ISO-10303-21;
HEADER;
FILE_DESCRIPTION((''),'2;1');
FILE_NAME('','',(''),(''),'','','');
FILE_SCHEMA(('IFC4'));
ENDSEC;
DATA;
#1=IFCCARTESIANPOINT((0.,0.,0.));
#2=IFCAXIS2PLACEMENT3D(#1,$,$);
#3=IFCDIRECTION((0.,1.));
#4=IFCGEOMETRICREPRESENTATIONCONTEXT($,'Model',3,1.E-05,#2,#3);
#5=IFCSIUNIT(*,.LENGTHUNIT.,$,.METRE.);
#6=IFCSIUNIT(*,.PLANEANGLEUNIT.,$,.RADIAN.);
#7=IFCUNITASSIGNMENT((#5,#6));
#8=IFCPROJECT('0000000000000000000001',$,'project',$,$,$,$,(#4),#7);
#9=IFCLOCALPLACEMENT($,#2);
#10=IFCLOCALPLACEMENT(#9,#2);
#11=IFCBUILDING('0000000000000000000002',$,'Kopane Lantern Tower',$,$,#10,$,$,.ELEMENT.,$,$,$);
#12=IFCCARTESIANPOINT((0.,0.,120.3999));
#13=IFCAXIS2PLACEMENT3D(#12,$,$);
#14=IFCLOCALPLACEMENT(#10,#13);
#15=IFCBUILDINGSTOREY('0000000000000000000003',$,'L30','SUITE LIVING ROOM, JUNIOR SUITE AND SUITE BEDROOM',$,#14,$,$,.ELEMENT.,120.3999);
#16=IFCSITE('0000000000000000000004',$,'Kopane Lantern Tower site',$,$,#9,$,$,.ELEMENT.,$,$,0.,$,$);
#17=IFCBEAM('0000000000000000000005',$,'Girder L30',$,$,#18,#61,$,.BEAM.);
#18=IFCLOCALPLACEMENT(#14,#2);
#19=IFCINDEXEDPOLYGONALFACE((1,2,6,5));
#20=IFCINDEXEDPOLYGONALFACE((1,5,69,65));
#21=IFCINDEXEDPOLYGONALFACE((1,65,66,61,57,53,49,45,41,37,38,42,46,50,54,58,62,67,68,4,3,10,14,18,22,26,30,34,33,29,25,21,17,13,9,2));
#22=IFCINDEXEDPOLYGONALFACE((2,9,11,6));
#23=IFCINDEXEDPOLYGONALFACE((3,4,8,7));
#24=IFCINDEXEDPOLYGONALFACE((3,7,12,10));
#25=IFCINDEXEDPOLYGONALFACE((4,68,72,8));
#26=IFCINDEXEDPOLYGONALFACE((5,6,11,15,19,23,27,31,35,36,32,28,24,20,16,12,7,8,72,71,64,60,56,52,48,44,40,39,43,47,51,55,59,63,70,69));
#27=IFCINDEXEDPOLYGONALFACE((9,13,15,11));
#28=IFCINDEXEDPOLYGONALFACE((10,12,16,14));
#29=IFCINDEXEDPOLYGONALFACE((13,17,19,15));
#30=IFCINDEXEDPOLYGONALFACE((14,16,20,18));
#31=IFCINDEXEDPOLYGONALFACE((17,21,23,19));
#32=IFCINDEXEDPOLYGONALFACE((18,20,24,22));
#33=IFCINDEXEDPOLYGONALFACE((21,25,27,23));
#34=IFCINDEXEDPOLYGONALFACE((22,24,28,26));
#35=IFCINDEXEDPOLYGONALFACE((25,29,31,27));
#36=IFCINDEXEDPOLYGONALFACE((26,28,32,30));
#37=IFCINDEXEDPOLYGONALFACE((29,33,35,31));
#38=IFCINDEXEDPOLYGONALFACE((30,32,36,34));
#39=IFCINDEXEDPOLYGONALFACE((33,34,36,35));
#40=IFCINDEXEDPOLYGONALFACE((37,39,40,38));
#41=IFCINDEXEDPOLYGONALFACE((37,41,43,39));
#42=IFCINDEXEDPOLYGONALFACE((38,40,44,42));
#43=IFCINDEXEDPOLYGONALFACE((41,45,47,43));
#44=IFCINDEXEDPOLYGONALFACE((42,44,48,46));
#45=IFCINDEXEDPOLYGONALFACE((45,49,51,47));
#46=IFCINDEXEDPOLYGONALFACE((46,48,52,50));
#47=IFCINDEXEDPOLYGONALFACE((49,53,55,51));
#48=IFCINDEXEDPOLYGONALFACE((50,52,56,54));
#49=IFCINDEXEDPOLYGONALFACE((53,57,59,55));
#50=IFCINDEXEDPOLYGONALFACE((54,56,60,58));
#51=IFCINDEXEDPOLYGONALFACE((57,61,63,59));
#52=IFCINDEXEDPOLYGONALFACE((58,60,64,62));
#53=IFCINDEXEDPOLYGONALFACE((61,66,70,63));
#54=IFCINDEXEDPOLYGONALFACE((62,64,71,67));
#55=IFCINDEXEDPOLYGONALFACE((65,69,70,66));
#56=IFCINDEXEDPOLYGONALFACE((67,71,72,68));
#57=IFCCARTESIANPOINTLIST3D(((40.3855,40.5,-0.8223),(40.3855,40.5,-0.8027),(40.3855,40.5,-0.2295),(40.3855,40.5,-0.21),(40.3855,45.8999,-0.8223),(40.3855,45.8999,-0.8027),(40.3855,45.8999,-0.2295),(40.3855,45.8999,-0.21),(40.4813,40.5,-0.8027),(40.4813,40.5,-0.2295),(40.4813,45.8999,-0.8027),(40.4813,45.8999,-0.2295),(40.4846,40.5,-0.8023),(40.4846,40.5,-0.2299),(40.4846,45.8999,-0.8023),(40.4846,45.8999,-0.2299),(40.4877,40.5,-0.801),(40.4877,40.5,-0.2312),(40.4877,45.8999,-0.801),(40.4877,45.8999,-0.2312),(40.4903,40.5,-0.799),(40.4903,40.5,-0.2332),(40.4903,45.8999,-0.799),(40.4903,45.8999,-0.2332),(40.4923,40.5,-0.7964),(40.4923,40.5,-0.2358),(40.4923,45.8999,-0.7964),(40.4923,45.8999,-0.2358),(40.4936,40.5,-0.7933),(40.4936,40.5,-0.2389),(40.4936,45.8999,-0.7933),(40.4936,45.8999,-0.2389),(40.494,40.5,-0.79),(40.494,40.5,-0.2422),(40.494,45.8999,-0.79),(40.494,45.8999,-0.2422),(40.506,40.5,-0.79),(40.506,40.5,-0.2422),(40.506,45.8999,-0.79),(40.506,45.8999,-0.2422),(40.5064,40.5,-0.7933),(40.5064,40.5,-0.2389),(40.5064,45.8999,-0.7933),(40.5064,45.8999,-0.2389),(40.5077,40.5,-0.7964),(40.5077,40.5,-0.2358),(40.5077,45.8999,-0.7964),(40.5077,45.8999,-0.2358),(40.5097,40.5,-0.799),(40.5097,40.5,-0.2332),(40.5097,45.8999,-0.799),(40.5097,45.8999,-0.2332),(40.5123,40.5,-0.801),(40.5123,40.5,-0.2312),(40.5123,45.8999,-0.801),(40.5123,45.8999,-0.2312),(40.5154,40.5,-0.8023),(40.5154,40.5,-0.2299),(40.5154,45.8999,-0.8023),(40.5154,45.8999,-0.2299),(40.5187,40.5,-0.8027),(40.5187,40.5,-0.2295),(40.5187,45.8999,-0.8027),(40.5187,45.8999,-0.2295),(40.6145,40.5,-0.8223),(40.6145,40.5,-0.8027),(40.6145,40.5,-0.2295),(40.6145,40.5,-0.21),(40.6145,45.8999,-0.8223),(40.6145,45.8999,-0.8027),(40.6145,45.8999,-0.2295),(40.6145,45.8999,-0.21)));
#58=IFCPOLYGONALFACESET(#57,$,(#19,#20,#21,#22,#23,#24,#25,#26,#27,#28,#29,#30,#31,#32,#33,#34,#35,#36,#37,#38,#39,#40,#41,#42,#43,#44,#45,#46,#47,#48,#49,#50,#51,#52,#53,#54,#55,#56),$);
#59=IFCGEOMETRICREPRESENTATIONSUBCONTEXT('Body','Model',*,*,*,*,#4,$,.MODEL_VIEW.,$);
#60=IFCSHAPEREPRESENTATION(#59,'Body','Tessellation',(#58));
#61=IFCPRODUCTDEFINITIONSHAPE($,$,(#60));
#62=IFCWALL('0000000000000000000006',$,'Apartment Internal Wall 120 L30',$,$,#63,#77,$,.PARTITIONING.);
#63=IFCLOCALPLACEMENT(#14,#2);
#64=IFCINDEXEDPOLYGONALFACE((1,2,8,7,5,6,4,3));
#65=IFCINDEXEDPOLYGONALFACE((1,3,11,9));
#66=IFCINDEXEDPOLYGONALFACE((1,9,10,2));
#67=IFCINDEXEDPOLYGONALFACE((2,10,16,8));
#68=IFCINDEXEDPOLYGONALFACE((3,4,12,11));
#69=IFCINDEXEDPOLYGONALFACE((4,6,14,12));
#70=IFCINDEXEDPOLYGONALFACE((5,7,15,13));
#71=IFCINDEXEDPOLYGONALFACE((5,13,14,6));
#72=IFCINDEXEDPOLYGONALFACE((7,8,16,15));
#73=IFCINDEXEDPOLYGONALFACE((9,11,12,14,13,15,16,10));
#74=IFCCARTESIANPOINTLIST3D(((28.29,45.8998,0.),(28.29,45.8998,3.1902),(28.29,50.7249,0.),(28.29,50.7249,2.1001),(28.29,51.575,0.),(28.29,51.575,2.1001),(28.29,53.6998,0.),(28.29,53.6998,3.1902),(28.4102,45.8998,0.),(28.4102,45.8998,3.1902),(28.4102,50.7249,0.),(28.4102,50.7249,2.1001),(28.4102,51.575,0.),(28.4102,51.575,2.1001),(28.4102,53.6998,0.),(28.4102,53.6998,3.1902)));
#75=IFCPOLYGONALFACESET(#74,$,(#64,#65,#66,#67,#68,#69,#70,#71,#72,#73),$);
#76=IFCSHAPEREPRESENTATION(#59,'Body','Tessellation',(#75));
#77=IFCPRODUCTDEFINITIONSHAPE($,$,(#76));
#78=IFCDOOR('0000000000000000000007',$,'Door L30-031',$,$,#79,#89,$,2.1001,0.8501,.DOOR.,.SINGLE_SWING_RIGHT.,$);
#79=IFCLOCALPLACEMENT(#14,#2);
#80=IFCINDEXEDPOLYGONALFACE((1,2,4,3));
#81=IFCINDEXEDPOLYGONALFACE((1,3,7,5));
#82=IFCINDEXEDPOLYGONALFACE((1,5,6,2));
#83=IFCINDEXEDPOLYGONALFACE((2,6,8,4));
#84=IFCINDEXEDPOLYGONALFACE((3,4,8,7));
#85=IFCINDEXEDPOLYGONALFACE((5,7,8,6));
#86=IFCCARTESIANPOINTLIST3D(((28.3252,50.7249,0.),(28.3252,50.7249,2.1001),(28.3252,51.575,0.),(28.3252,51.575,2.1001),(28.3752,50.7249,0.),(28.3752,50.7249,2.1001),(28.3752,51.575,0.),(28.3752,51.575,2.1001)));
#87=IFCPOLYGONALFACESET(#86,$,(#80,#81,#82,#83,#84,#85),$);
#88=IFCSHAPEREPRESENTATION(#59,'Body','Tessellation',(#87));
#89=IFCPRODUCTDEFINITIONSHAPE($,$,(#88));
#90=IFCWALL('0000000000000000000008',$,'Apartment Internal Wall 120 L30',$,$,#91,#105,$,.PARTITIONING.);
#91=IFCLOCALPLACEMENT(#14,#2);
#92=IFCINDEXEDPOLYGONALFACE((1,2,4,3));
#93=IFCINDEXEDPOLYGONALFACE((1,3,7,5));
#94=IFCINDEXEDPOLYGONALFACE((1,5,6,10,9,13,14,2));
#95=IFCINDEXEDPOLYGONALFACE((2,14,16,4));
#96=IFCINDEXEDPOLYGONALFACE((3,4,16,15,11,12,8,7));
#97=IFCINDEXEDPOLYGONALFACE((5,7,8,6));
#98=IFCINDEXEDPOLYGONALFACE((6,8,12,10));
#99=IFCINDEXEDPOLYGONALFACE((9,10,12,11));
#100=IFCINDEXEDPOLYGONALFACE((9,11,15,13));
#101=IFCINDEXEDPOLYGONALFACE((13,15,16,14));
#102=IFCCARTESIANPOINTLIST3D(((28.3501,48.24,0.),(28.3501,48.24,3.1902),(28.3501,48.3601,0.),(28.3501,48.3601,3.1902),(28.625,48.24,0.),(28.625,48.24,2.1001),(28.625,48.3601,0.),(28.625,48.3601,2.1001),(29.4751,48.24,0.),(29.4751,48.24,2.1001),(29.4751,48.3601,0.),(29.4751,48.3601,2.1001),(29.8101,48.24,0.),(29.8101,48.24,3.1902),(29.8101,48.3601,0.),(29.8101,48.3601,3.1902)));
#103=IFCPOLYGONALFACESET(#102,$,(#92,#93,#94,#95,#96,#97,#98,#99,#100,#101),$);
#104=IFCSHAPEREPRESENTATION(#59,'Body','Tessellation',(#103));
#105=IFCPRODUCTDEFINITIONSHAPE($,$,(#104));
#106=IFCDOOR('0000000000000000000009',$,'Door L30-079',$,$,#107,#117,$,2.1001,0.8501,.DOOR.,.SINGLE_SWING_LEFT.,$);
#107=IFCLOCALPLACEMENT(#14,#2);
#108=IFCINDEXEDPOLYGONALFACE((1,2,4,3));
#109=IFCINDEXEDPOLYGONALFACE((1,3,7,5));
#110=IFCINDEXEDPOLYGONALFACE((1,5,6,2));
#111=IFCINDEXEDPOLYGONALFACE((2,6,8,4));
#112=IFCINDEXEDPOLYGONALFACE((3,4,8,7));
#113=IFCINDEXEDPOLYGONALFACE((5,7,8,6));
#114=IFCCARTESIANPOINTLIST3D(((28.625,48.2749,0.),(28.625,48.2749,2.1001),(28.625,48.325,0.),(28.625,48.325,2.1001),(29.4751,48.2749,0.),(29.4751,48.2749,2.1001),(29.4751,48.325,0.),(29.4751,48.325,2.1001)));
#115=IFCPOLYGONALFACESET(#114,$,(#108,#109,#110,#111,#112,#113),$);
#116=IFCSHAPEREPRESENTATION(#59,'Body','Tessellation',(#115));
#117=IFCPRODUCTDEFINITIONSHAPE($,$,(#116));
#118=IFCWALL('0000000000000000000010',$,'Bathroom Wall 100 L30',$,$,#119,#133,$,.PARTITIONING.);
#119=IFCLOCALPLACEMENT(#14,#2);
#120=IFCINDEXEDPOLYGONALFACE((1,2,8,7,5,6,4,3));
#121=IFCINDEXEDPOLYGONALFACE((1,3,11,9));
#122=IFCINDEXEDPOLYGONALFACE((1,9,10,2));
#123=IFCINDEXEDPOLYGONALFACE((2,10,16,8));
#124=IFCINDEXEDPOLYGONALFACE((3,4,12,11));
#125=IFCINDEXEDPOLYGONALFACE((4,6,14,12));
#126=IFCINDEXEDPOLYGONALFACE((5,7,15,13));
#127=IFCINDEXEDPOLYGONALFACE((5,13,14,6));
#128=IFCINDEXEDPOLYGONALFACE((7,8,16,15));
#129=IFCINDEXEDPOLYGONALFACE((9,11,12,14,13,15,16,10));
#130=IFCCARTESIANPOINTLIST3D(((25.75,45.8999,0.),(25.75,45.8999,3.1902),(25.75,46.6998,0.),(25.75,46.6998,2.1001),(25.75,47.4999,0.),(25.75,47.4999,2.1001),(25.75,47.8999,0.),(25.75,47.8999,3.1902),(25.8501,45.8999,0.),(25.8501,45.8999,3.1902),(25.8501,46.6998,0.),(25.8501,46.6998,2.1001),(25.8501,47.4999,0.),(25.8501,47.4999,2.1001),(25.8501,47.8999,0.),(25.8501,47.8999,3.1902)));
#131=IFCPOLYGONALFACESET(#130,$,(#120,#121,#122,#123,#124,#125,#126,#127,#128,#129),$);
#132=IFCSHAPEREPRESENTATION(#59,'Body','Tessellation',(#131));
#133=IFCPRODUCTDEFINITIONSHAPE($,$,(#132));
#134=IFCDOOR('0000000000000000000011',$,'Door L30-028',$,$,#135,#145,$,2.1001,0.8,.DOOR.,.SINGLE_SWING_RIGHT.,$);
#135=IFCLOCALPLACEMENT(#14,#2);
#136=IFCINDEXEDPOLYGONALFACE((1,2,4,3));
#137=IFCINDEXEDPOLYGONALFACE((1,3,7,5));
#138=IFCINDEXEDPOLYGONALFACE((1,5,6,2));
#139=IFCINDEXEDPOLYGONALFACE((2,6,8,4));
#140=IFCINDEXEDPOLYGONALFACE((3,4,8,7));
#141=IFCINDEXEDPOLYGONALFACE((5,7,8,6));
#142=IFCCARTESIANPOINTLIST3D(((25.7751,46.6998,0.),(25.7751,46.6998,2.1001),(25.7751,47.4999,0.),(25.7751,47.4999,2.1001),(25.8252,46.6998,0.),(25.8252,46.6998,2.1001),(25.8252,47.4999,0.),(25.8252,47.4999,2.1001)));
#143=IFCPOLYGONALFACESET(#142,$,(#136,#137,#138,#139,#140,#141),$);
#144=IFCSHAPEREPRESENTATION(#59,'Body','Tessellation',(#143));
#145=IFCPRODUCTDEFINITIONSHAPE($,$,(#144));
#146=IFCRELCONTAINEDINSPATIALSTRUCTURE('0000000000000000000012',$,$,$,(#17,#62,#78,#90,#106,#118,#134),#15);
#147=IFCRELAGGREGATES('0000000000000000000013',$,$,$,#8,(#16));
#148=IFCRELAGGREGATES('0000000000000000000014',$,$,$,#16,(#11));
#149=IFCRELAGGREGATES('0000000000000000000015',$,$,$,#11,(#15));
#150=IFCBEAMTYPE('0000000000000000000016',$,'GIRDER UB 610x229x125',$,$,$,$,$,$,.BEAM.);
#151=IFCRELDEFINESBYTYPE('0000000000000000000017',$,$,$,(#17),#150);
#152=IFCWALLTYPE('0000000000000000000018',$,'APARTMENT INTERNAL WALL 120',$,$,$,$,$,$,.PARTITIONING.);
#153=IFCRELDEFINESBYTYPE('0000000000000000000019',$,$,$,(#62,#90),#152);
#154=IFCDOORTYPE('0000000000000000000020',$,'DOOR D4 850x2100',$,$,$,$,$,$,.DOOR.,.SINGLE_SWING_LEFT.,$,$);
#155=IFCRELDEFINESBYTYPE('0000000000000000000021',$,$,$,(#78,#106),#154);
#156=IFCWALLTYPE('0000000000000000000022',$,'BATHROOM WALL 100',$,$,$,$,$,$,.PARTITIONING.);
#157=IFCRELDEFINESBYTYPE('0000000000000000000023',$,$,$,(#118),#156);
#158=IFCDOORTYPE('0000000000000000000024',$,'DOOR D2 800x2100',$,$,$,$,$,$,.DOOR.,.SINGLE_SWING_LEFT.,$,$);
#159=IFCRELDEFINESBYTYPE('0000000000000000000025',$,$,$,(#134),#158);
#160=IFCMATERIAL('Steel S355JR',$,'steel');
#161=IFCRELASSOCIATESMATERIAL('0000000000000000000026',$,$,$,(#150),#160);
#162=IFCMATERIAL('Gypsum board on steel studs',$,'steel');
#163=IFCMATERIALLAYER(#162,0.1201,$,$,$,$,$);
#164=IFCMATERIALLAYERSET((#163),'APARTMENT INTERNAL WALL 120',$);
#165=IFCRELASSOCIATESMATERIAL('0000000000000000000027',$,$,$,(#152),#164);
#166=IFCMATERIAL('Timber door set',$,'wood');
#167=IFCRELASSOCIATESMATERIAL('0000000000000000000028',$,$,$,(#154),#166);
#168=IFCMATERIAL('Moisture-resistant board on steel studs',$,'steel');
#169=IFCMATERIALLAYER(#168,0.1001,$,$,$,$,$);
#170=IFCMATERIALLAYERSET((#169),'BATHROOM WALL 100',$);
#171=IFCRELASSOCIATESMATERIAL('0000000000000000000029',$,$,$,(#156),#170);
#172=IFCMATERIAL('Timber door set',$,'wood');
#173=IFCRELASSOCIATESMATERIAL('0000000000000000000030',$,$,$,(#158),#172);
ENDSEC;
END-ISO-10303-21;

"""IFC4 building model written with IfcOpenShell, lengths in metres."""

from ifc_helpers import new_model, si_unit, direction, frame, frame_2d, origin, origin_2d, place, context, subcontext, project, spatial, rectangle, i_section, extrude, material, layer, layer_set, material_profile, profile_set, type_object, element, fill, save


model = new_model("IFC4")

# Units and contexts
model_context = context("Model", 3, precision=1e-05, world=origin(), true_north=direction((0.0, 1.0)))
body_context = subcontext(model_context, "Body", "Model", "MODEL_VIEW")
ifc_project = project(units=[si_unit("LENGTHUNIT", "METRE"), si_unit("PLANEANGLEUNIT", "RADIAN")], contexts=[model_context])

# Site, building, storey
site_placement = place(None, origin())
site = spatial("IfcSite", under=ifc_project, at=site_placement, Name="Kopane Lantern Tower site", CompositionType="ELEMENT", RefElevation=0.0)
building_placement = place(site_placement, origin())
building = spatial("IfcBuilding", under=site, at=building_placement, Name="Kopane Lantern Tower", CompositionType="ELEMENT")
storey_placement = place(building_placement, frame((0.0, 0.0, 120.3999)))
storey = spatial("IfcBuildingStorey", under=building, at=storey_placement, Name="L30", Description="SUITE LIVING ROOM, JUNIOR SUITE AND SUITE BEDROOM", CompositionType="ELEMENT", Elevation=120.3999)

# Beam
ifc_material_1 = material(Name="Steel S355JR", Category="steel")
ifc_material_profile_1 = material_profile(ifc_material_1, i_section(OverallWidth=0.229, OverallDepth=0.6123, WebThickness=0.012, FlangeThickness=0.0195, FilletRadius=0.0127, at=origin_2d()), Name="UB 610x229x125")
ifc_profile_set_1 = profile_set([ifc_material_profile_1], Name="Steel S355JR")
beam_type = type_object("IfcBeamType", Name="GIRDER UB 610x229x125", PredefinedType="BEAM", material=ifc_profile_set_1)
beam_1_placement = place(storey_placement, frame((40.5, 40.5, -0.5161), z_axis=(0.0, 1.0, 0.0), x_axis=(-1.0, 0.0, 0.0)))
element("IfcBeam", 1, at=beam_1_placement, inside=storey, type_object=beam_type, Name="Girder L30", PredefinedType="BEAM", context=body_context, shape_type="SweptSolid", body=[
    extrude(i_section(OverallWidth=0.229, OverallDepth=0.6123, WebThickness=0.012, FlangeThickness=0.0195, FilletRadius=0.0127, at=origin_2d()), origin(), (0.0, 0.0, 1.0), 5.3999),
])

# Walls, openings, doors
ifc_material_2 = material(Name="Gypsum board on steel studs", Category="steel")
ifc_layer_1 = layer(ifc_material_2, 0.1201)
ifc_layer_set_1 = layer_set([ifc_layer_1], Name="APARTMENT INTERNAL WALL 120")
wall_type_1 = type_object("IfcWallType", Name="APARTMENT INTERNAL WALL 120", PredefinedType="PARTITIONING", material=ifc_layer_set_1)
wall_1_placement = place(storey_placement, frame((28.3501, 45.8999, 0.0), z_axis=(0.0, 0.0, 1.0), x_axis=(0.0, 1.0, 0.0)))
wall_1 = element("IfcWall", 2, at=wall_1_placement, inside=storey, type_object=wall_type_1, Name="Apartment Internal Wall 120 L30", PredefinedType="PARTITIONING", context=body_context, shape_type="SweptSolid", body=[
    extrude(rectangle(XDim=7.8, YDim=0.1201, at=frame_2d((3.8999, 0.0))), origin(), (0.0, 0.0, 1.0), 3.1902),
])
opening_1_placement = place(wall_1_placement, frame((4.825, 0.0, 0.0)))
opening_1 = element("IfcOpeningElement", 3, at=opening_1_placement, cuts=wall_1, PredefinedType="OPENING", context=body_context, shape_type="SweptSolid", body=[
    extrude(rectangle(XDim=0.8501, YDim=2.1001, at=frame_2d((0.425, 1.05))), frame((0.0, 0.0701, 0.0), z_axis=(0.0, -1.0, 0.0), x_axis=(1.0, 0.0, 0.0)), (0.0, 0.0, 1.0), 0.1401),
])
ifc_material_3 = material(Name="Timber door set", Category="wood")
door_type_1 = type_object("IfcDoorType", Name="DOOR D4 850x2100", OperationType="SINGLE_SWING_LEFT", PredefinedType="DOOR", material=ifc_material_3)
door_1_placement = place(opening_1_placement, origin())
door_1 = element("IfcDoor", 4, at=door_1_placement, inside=storey, type_object=door_type_1, Name="Door L30-031", OperationType="SINGLE_SWING_RIGHT", OverallHeight=2.1001, OverallWidth=0.8501, PredefinedType="DOOR", context=body_context, shape_type="SweptSolid", body=[
    extrude(rectangle(XDim=0.8501, YDim=2.1001, at=frame_2d((0.425, 1.05))), frame((0.0, 0.0249, 0.0), z_axis=(0.0, -1.0, 0.0), x_axis=(1.0, 0.0, 0.0)), (0.0, 0.0, 1.0), 0.05),
])
fill(opening_1, door_1)
wall_2_placement = place(storey_placement, frame((28.3501, 48.3, 0.0), z_axis=(0.0, 0.0, 1.0), x_axis=(1.0, 0.0, 0.0)))
wall_2 = element("IfcWall", 5, at=wall_2_placement, inside=storey, type_object=wall_type_1, Name="Apartment Internal Wall 120 L30", PredefinedType="PARTITIONING", context=body_context, shape_type="SweptSolid", body=[
    extrude(rectangle(XDim=1.46, YDim=0.1201, at=frame_2d((0.73, 0.0))), origin(), (0.0, 0.0, 1.0), 3.1902),
])
opening_2_placement = place(wall_2_placement, frame((0.2749, 0.0, 0.0)))
opening_2 = element("IfcOpeningElement", 6, at=opening_2_placement, cuts=wall_2, PredefinedType="OPENING", context=body_context, shape_type="SweptSolid", body=[
    extrude(rectangle(XDim=0.8501, YDim=2.1001, at=frame_2d((0.425, 1.05))), frame((0.0, 0.0701, 0.0), z_axis=(0.0, -1.0, 0.0), x_axis=(1.0, 0.0, 0.0)), (0.0, 0.0, 1.0), 0.1401),
])
door_2_placement = place(opening_2_placement, origin())
door_2 = element("IfcDoor", 7, at=door_2_placement, inside=storey, type_object=door_type_1, Name="Door L30-079", OperationType="SINGLE_SWING_LEFT", OverallHeight=2.1001, OverallWidth=0.8501, PredefinedType="DOOR", context=body_context, shape_type="SweptSolid", body=[
    extrude(rectangle(XDim=0.8501, YDim=2.1001, at=frame_2d((0.425, 1.05))), frame((0.0, 0.0249, 0.0), z_axis=(0.0, -1.0, 0.0), x_axis=(1.0, 0.0, 0.0)), (0.0, 0.0, 1.0), 0.05),
])
fill(opening_2, door_2)
ifc_material_4 = material(Name="Moisture-resistant board on steel studs", Category="steel")
ifc_layer_2 = layer(ifc_material_4, 0.1001)
ifc_layer_set_2 = layer_set([ifc_layer_2], Name="BATHROOM WALL 100")
wall_type_2 = type_object("IfcWallType", Name="BATHROOM WALL 100", PredefinedType="PARTITIONING", material=ifc_layer_set_2)
wall_3_placement = place(storey_placement, frame((25.8, 45.8999, 0.0), z_axis=(0.0, 0.0, 1.0), x_axis=(0.0, 1.0, 0.0)))
wall_3 = element("IfcWall", 8, at=wall_3_placement, inside=storey, type_object=wall_type_2, Name="Bathroom Wall 100 L30", PredefinedType="PARTITIONING", context=body_context, shape_type="SweptSolid", body=[
    extrude(rectangle(XDim=2.0, YDim=0.1001, at=frame_2d((1.0, 0.0))), origin(), (0.0, 0.0, 1.0), 3.1902),
])
opening_3_placement = place(wall_3_placement, frame((0.8, 0.0, 0.0)))
opening_3 = element("IfcOpeningElement", 9, at=opening_3_placement, cuts=wall_3, PredefinedType="OPENING", context=body_context, shape_type="SweptSolid", body=[
    extrude(rectangle(XDim=0.8, YDim=2.1001, at=frame_2d((0.3999, 1.05))), frame((0.0, 0.0601, 0.0), z_axis=(0.0, -1.0, 0.0), x_axis=(1.0, 0.0, 0.0)), (0.0, 0.0, 1.0), 0.1201),
])
ifc_material_5 = material(Name="Timber door set", Category="wood")
door_type_2 = type_object("IfcDoorType", Name="DOOR D2 800x2100", OperationType="SINGLE_SWING_LEFT", PredefinedType="DOOR", material=ifc_material_5)
door_3_placement = place(opening_3_placement, origin())
door_3 = element("IfcDoor", 10, at=door_3_placement, inside=storey, type_object=door_type_2, Name="Door L30-028", OperationType="SINGLE_SWING_RIGHT", OverallHeight=2.1001, OverallWidth=0.8, PredefinedType="DOOR", context=body_context, shape_type="SweptSolid", body=[
    extrude(rectangle(XDim=0.8, YDim=2.1001, at=frame_2d((0.3999, 1.05))), frame((0.0, 0.0249, 0.0), z_axis=(0.0, -1.0, 0.0), x_axis=(1.0, 0.0, 0.0)), (0.0, 0.0, 1.0), 0.05),
])
fill(opening_3, door_3)

save(model, "model.ifc")
